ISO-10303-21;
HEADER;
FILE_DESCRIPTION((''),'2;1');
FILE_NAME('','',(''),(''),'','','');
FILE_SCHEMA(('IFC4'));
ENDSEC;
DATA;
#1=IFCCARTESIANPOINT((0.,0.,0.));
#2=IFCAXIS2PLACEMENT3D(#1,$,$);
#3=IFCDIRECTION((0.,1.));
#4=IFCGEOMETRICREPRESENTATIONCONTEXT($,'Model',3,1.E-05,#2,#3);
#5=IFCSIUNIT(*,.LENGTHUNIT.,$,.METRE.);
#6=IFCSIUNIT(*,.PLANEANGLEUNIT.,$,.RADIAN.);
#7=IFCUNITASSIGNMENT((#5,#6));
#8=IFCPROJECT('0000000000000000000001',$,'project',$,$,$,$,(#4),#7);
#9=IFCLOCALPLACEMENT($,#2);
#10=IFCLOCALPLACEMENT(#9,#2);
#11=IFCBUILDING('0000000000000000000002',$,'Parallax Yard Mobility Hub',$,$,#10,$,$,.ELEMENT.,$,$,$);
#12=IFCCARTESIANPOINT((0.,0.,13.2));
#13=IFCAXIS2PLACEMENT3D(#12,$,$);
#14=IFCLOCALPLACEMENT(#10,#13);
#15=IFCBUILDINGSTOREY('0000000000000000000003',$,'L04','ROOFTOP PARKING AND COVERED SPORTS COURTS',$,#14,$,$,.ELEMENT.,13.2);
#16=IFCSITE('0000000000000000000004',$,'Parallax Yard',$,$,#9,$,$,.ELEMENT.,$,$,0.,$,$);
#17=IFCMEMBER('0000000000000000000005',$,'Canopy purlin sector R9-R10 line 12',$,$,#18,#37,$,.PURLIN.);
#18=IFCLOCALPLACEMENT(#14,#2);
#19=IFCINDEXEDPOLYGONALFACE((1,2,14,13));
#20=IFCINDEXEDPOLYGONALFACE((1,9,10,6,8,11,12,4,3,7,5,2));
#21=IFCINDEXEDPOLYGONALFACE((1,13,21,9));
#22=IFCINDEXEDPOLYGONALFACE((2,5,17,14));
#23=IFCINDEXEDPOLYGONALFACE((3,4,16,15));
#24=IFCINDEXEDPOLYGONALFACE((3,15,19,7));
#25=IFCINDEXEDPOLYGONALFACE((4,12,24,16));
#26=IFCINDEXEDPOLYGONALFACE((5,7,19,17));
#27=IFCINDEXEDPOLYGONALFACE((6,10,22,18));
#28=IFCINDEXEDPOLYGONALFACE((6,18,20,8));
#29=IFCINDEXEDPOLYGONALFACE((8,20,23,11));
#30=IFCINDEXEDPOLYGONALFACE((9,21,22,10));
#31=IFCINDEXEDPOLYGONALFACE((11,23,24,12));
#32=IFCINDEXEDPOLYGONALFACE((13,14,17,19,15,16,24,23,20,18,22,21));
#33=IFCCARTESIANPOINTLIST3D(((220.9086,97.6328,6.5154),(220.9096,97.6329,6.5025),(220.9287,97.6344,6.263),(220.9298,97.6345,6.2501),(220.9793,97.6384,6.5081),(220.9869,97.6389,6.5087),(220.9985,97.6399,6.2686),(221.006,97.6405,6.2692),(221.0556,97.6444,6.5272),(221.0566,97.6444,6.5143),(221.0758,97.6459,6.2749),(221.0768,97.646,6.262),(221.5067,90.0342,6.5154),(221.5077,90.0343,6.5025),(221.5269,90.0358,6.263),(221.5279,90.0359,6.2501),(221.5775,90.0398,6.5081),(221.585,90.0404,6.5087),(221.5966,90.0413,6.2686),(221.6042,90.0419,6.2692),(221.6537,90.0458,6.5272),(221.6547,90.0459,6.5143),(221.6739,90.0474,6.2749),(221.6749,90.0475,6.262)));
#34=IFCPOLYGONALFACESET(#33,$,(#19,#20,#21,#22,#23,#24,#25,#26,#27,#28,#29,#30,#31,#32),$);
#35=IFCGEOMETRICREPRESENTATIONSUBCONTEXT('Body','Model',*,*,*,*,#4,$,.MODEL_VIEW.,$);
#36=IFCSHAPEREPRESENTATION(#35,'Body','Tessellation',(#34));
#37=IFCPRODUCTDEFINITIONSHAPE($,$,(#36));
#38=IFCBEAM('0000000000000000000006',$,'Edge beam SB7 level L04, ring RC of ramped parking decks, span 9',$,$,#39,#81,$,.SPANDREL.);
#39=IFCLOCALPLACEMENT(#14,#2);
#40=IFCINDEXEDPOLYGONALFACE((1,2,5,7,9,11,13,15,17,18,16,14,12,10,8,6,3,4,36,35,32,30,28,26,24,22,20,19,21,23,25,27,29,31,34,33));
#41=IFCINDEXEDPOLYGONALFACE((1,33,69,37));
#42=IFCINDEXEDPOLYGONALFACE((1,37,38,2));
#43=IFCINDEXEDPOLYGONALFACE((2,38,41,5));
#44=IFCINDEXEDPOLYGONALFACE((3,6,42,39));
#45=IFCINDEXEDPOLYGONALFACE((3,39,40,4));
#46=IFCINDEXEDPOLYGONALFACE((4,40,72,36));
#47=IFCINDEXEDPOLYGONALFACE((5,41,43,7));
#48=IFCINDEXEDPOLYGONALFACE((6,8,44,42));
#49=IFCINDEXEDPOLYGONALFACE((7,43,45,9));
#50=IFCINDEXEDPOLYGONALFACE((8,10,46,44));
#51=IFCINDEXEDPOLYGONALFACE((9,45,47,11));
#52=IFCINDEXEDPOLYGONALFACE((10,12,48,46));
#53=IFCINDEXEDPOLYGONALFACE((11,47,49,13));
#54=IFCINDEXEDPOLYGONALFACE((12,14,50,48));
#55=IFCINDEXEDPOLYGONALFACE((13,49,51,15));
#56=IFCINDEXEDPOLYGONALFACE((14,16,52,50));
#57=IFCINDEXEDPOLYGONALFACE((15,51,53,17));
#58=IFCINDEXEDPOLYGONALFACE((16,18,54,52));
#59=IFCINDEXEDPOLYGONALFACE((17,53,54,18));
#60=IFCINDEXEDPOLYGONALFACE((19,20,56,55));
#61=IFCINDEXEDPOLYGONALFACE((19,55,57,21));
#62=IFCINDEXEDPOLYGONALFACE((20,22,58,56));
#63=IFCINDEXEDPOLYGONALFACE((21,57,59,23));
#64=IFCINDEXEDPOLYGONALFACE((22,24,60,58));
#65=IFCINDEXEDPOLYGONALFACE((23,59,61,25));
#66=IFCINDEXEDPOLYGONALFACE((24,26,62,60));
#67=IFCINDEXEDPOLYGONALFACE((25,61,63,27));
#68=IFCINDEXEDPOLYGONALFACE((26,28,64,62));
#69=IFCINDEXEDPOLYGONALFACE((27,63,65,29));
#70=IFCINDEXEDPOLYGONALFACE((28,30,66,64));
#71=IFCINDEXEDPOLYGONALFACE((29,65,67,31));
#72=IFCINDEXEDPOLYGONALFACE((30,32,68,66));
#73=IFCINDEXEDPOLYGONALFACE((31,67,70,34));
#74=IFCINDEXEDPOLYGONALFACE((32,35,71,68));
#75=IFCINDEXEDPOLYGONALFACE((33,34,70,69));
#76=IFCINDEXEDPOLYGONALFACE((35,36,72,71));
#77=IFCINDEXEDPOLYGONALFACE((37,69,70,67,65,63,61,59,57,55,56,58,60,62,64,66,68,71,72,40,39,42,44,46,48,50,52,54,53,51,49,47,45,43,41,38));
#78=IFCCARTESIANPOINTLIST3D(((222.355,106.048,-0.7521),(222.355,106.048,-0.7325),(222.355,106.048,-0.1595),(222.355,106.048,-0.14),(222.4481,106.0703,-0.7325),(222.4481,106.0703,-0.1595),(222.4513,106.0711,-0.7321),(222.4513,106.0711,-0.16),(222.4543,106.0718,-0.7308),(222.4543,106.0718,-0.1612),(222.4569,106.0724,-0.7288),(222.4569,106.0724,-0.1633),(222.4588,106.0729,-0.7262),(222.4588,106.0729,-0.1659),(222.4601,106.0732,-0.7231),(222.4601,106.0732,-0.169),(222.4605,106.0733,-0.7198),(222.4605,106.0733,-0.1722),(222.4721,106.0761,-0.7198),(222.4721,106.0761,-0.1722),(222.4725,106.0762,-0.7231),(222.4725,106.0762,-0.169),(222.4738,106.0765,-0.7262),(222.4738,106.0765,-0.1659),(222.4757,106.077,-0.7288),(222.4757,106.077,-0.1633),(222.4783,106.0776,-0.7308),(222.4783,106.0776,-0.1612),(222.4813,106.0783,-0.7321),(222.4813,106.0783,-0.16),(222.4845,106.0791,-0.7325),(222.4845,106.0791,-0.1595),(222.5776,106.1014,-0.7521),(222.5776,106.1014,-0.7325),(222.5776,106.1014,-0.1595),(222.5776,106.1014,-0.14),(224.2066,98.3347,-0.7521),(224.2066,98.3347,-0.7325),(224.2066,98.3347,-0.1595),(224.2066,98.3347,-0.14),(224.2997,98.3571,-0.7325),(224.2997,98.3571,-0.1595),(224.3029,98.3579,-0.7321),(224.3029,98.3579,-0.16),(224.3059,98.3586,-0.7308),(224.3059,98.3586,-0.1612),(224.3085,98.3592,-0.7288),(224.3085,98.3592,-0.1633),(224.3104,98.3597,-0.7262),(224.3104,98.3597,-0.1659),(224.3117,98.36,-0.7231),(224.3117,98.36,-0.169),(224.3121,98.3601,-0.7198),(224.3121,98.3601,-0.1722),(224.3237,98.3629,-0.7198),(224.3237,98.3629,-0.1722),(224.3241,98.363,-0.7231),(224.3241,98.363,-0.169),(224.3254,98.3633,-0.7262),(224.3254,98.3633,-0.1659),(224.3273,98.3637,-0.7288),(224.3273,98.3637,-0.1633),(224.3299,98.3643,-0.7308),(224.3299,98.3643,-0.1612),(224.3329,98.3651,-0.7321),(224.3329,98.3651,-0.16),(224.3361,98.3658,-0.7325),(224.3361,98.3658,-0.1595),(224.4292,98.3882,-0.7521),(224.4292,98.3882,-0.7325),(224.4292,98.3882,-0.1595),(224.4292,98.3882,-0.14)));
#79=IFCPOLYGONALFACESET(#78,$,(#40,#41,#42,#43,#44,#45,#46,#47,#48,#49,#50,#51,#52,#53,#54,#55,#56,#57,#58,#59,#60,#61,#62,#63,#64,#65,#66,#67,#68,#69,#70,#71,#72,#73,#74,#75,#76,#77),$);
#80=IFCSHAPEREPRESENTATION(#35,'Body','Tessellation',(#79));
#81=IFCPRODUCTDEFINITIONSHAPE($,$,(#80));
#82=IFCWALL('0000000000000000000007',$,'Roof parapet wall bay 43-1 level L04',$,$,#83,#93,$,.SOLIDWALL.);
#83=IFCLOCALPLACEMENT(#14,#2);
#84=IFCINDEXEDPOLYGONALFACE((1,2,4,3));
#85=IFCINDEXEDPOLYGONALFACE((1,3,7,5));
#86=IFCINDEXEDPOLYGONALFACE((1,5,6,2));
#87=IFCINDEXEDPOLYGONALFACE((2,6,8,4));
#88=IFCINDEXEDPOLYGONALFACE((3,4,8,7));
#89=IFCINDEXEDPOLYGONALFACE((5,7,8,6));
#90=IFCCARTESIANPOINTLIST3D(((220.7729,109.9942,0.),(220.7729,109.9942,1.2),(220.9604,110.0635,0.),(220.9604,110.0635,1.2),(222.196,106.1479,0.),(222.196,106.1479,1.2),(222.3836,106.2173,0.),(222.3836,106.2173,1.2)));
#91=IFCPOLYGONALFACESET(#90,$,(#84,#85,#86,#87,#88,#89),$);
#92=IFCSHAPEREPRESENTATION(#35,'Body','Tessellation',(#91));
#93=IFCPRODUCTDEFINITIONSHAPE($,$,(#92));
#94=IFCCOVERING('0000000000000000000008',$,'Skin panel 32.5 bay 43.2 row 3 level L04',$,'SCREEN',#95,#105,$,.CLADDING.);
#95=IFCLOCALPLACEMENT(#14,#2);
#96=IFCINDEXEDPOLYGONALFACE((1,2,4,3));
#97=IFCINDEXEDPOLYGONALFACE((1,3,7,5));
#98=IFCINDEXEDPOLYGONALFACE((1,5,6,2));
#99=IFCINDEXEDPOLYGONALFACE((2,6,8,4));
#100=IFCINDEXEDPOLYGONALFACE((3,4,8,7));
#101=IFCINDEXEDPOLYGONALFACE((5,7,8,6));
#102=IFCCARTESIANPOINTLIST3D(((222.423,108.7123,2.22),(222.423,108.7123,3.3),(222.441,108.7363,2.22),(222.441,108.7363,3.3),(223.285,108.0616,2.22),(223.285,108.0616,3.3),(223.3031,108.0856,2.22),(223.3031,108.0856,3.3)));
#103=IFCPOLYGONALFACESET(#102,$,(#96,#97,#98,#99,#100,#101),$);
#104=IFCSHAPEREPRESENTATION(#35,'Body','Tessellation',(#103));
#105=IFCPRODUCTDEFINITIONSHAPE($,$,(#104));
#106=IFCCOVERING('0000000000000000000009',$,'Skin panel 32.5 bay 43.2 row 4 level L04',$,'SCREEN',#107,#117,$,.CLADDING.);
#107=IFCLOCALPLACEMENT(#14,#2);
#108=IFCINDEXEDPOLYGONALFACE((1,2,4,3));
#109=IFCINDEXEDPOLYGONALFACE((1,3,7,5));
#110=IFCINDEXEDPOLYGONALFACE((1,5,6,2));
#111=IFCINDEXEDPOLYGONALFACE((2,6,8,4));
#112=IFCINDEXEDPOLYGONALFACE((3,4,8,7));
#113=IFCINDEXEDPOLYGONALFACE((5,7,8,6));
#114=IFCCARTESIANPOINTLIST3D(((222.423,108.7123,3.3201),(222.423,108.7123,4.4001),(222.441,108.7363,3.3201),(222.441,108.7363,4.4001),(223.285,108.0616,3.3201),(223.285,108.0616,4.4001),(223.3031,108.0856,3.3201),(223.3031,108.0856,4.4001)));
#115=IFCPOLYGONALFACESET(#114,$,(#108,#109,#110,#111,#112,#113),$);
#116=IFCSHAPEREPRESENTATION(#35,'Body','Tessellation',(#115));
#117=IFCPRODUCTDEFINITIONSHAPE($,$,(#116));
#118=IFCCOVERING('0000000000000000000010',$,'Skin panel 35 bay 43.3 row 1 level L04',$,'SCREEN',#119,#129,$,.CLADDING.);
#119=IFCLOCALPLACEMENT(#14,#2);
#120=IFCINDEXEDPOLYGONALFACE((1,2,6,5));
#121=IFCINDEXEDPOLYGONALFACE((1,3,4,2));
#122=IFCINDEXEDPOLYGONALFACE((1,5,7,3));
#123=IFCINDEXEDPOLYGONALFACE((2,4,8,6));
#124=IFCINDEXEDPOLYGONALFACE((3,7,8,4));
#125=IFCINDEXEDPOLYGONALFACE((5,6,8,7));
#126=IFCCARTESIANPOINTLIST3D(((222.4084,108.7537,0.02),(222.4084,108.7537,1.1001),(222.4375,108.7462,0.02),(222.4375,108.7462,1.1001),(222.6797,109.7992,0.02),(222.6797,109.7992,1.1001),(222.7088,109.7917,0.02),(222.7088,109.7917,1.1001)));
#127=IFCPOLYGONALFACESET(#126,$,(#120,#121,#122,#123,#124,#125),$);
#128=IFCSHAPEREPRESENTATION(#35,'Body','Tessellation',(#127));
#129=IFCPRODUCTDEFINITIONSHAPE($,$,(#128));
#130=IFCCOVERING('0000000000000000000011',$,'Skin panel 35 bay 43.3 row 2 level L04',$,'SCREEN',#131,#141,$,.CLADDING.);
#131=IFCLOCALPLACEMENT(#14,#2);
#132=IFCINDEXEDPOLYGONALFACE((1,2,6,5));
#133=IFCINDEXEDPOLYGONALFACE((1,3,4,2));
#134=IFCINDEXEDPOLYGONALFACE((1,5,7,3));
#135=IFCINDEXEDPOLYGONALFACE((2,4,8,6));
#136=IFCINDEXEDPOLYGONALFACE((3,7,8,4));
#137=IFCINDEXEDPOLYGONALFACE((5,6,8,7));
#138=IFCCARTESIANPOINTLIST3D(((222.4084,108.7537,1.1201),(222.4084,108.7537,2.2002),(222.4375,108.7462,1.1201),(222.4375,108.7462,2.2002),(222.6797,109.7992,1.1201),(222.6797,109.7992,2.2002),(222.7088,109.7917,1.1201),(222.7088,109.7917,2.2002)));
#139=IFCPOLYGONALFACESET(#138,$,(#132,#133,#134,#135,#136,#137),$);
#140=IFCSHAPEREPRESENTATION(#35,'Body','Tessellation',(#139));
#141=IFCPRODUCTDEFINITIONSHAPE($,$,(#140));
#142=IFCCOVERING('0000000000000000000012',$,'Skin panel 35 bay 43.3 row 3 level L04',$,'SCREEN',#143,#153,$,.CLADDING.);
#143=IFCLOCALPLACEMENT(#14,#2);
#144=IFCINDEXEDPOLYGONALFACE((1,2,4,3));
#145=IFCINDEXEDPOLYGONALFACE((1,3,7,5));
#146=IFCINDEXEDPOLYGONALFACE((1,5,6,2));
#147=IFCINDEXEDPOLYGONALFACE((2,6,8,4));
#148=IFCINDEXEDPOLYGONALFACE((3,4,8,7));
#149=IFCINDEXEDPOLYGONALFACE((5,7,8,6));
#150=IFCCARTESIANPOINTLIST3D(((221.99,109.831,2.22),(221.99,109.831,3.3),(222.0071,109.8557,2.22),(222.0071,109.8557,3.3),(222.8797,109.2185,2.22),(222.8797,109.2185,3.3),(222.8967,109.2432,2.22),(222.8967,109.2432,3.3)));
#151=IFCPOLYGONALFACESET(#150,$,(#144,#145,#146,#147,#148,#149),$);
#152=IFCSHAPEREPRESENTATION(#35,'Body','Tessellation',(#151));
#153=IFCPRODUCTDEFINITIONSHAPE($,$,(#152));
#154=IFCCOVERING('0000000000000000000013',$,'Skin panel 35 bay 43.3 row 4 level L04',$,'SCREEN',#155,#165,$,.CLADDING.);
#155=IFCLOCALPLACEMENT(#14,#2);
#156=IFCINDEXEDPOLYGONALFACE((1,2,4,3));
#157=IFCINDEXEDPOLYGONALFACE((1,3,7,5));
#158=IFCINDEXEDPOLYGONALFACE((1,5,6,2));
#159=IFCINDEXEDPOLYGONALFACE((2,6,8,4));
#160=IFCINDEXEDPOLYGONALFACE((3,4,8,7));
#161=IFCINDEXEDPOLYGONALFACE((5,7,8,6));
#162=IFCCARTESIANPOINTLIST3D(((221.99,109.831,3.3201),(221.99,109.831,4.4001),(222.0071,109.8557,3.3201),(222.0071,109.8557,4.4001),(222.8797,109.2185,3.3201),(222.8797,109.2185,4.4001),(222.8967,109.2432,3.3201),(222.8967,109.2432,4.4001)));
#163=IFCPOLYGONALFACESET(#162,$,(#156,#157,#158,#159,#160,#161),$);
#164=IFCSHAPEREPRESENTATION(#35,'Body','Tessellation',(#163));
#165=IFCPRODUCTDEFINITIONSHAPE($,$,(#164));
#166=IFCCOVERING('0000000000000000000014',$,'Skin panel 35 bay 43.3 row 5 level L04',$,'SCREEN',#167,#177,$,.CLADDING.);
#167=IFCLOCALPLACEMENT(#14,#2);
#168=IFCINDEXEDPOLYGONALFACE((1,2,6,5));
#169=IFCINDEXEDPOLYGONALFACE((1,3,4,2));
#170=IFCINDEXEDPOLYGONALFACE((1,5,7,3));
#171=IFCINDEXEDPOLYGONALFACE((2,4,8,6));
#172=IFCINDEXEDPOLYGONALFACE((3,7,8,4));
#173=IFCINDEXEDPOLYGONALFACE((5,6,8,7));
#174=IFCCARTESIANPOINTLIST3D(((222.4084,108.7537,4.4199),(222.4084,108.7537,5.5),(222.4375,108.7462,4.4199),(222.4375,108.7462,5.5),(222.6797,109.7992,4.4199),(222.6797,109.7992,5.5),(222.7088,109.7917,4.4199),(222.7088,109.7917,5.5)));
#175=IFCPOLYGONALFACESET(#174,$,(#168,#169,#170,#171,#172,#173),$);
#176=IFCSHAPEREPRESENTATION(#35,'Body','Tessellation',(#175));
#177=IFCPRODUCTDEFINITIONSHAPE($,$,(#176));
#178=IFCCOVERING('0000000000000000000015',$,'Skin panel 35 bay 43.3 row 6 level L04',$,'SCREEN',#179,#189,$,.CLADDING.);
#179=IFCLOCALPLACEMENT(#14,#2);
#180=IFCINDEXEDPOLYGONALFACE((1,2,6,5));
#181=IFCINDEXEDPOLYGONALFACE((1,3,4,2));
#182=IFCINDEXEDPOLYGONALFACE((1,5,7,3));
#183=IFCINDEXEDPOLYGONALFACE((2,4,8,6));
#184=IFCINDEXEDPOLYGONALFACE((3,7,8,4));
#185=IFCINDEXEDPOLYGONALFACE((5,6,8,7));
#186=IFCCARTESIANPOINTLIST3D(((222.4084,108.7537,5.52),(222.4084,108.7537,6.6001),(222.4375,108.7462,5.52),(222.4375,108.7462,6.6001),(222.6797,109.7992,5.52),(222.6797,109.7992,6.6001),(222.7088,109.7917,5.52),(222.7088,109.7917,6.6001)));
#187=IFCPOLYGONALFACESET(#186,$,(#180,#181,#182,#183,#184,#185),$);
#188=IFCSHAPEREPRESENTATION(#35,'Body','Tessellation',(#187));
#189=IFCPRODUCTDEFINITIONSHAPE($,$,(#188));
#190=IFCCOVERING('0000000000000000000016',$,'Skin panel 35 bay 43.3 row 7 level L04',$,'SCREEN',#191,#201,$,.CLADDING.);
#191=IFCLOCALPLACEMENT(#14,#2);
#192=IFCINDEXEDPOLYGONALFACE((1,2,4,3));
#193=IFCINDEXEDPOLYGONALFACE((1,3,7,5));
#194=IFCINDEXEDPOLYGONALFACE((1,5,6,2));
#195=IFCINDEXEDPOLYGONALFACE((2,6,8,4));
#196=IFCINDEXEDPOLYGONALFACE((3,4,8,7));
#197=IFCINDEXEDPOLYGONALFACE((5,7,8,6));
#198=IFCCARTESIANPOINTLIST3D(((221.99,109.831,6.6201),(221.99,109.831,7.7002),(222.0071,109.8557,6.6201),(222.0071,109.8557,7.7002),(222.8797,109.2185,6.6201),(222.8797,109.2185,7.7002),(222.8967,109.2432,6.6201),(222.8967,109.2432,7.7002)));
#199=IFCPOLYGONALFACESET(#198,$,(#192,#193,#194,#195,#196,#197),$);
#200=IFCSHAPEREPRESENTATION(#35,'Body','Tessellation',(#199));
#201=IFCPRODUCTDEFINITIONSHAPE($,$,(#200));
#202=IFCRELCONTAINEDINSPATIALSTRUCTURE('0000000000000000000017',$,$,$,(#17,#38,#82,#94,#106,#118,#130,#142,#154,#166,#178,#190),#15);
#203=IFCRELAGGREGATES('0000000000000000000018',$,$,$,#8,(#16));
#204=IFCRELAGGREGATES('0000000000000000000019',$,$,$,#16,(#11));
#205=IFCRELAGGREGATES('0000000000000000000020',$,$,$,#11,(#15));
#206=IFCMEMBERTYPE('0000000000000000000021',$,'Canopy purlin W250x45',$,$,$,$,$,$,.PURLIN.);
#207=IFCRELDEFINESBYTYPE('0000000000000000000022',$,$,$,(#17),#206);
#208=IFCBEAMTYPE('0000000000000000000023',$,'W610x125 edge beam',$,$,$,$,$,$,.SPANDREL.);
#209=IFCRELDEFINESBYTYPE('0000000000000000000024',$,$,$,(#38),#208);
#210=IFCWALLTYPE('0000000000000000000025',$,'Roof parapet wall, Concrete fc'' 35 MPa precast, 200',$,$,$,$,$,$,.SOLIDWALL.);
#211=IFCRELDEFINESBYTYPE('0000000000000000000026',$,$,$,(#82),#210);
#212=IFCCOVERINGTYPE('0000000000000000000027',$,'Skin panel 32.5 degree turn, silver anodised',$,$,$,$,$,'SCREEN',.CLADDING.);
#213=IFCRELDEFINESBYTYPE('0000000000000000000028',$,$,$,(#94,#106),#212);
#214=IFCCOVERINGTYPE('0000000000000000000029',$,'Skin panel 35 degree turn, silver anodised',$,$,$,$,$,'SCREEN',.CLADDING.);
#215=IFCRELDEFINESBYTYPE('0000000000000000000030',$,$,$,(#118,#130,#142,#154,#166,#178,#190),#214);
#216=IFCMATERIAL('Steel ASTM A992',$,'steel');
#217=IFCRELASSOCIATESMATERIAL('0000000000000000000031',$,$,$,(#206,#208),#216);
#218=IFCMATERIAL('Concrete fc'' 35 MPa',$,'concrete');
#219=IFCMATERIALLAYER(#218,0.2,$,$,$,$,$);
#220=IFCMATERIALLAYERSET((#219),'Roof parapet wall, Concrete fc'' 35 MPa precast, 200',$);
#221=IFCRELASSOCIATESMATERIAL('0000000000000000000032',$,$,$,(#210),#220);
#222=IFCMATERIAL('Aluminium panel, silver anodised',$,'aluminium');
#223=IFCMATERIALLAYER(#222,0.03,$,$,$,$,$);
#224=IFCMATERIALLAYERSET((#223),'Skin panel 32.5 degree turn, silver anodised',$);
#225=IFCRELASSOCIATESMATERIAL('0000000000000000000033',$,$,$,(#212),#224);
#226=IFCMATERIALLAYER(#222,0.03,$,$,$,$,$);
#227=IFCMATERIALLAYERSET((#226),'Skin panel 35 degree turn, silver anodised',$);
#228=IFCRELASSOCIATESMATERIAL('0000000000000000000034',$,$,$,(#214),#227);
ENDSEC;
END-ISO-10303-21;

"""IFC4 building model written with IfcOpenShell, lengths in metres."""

from ifc_helpers import new_model, si_unit, direction, frame, frame_2d, origin, origin_2d, place, context, subcontext, project, spatial, rectangle, i_section, extrude, material, layer, layer_set, material_profile, profile_set, type_object, element, save


model = new_model("IFC4")

# Units and contexts
model_context = context("Model", 3, precision=1e-05, world=origin(), true_north=direction((0.0, 1.0)))
body_context = subcontext(model_context, "Body", "Model", "MODEL_VIEW")
ifc_project = project(units=[si_unit("LENGTHUNIT", "METRE"), si_unit("PLANEANGLEUNIT", "RADIAN")], contexts=[model_context])

# Site, building, storey
site_placement = place(None, origin())
site = spatial("IfcSite", under=ifc_project, at=site_placement, Name="Parallax Yard", CompositionType="ELEMENT", RefElevation=0.0)
building_placement = place(site_placement, origin())
building = spatial("IfcBuilding", under=site, at=building_placement, Name="Parallax Yard Mobility Hub", CompositionType="ELEMENT")
storey_placement = place(building_placement, frame((0.0, 0.0, 13.2)))
storey = spatial("IfcBuildingStorey", under=building, at=storey_placement, Name="L04", Description="ROOFTOP PARKING AND COVERED SPORTS COURTS", CompositionType="ELEMENT", Elevation=13.2)

# Member
ifc_material_1 = material(Name="Steel ASTM A992", Category="steel")
ifc_material_profile_1 = material_profile(ifc_material_1, i_section(OverallWidth=0.1479, OverallDepth=0.2661, WebThickness=0.0076, FlangeThickness=0.0129, at=origin_2d()), Name="W250x45")
ifc_profile_set_1 = profile_set([ifc_material_profile_1], Name="Steel ASTM A992")
member_type_1 = type_object("IfcMemberType", Name="Canopy purlin W250x45", PredefinedType="PURLIN", material=ifc_profile_set_1)
member_1_placement = place(storey_placement, frame((220.9927, 97.6394, 6.3887), z_axis=(0.078475, -0.996916, 0.0), x_axis=(0.993722, 0.078223, 0.07999)))
element("IfcMember", 1, at=member_1_placement, inside=storey, type_object=member_type_1, Name="Canopy purlin sector R9-R10 line 12", PredefinedType="PURLIN", context=body_context, shape_type="SweptSolid", body=[
    extrude(i_section(OverallWidth=0.1479, OverallDepth=0.2661, WebThickness=0.0076, FlangeThickness=0.0129, at=origin_2d()), origin(), (0.0, 0.0, 1.0), 7.6221),
])

# Beam
ifc_material_profile_2 = material_profile(ifc_material_1, i_section(OverallWidth=0.229, OverallDepth=0.6121, WebThickness=0.012, FlangeThickness=0.0195, FilletRadius=0.0127, at=origin_2d()), Name="W610x125")
ifc_profile_set_2 = profile_set([ifc_material_profile_2], Name="Steel ASTM A992")
beam_type = type_object("IfcBeamType", Name="W610x125 edge beam", PredefinedType="SPANDREL", material=ifc_profile_set_2)
beam_placement = place(storey_placement, frame((222.4663, 106.0747, -0.446), z_axis=(0.233422, -0.972376, 0.0), x_axis=(0.972376, 0.233422, 0.0)))
element("IfcBeam", 2, at=beam_placement, inside=storey, type_object=beam_type, Name="Edge beam SB7 level L04, ring RC of ramped parking decks, span 9", PredefinedType="SPANDREL", context=body_context, shape_type="SweptSolid", body=[
    extrude(i_section(OverallWidth=0.229, OverallDepth=0.6121, WebThickness=0.012, FlangeThickness=0.0195, FilletRadius=0.0127, at=origin_2d()), origin(), (0.0, 0.0, 1.0), 7.9324),
])

# Wall
ifc_material_2 = material(Name="Concrete fc' 35 MPa", Category="concrete")
ifc_layer_1 = layer(ifc_material_2, 0.2)
ifc_layer_set_1 = layer_set([ifc_layer_1], Name="Roof parapet wall, Concrete fc' 35 MPa precast, 200")
wall_type = type_object("IfcWallType", Name="Roof parapet wall, Concrete fc' 35 MPa precast, 200", PredefinedType="SOLIDWALL", material=ifc_layer_set_1)
wall_placement = place(storey_placement, frame((222.2898, 106.1826, 0.0), z_axis=(0.0, 0.0, 1.0), x_axis=(-0.34701, 0.937861, 0.0)))
element("IfcWall", 3, at=wall_placement, inside=storey, type_object=wall_type, Name="Roof parapet wall bay 43-1 level L04", PredefinedType="SOLIDWALL", context=body_context, shape_type="SweptSolid", body=[
    extrude(rectangle(XDim=4.1011, YDim=0.2, at=frame_2d((2.0505, 0.0))), origin(), (0.0, 0.0, 1.0), 1.2),
])

# Coverings
ifc_material_3 = material(Name="Aluminium panel, silver anodised", Category="aluminium")
ifc_layer_2 = layer(ifc_material_3, 0.03)
ifc_layer_set_2 = layer_set([ifc_layer_2], Name="Skin panel 32.5 degree turn, silver anodised")
covering_type_1 = type_object("IfcCoveringType", Name="Skin panel 32.5 degree turn, silver anodised", ElementType="SCREEN", PredefinedType="CLADDING", material=ifc_layer_set_2)
for number, where, z_axis, x_axis, name in (
    (4, (222.863, 108.3989, 2.22), (0.0, 0.0, 1.0), (0.798157, -0.602449, 0.0), "Skin panel 32.5 bay 43.2 row 3 level L04"),
    (5, (222.863, 108.3989, 3.3201), (0.0, 0.0, 1.0), (0.798157, -0.602449, 0.0), "Skin panel 32.5 bay 43.2 row 4 level L04"),
):
    element("IfcCovering", number, at=place(storey_placement, frame(where, z_axis=z_axis, x_axis=x_axis)), inside=storey, type_object=covering_type_1, Name=name, ObjectType="SCREEN", PredefinedType="CLADDING", context=body_context, shape_type="SweptSolid", body=[
        extrude(rectangle(XDim=1.0801, YDim=0.03, at=origin_2d()), origin(), (0.0, 0.0, 1.0), 1.0801),
    ])
ifc_layer_3 = layer(ifc_material_3, 0.03)
ifc_layer_set_3 = layer_set([ifc_layer_3], Name="Skin panel 35 degree turn, silver anodised")
covering_type_2 = type_object("IfcCoveringType", Name="Skin panel 35 degree turn, silver anodised", ElementType="SCREEN", PredefinedType="CLADDING", material=ifc_layer_set_3)
for number, where, z_axis, x_axis, name in (
    (6, (222.5586, 109.2727, 0.02), (0.0, 0.0, 1.0), (0.251149, 0.967949, 0.0), "Skin panel 35 bay 43.3 row 1 level L04"),
    (7, (222.5586, 109.2727, 1.1201), (0.0, 0.0, 1.0), (0.251149, 0.967949, 0.0), "Skin panel 35 bay 43.3 row 2 level L04"),
    (8, (222.4434, 109.5371, 2.22), (0.0, 0.0, 1.0), (0.823676, -0.567061, 0.0), "Skin panel 35 bay 43.3 row 3 level L04"),
    (9, (222.4434, 109.5371, 3.3201), (0.0, 0.0, 1.0), (0.823676, -0.567061, 0.0), "Skin panel 35 bay 43.3 row 4 level L04"),
    (10, (222.5586, 109.2727, 4.4199), (0.0, 0.0, 1.0), (0.251149, 0.967949, 0.0), "Skin panel 35 bay 43.3 row 5 level L04"),
    (11, (222.5586, 109.2727, 5.52), (0.0, 0.0, 1.0), (0.251149, 0.967949, 0.0), "Skin panel 35 bay 43.3 row 6 level L04"),
    (12, (222.4434, 109.5371, 6.6201), (0.0, 0.0, 1.0), (0.823676, -0.567061, 0.0), "Skin panel 35 bay 43.3 row 7 level L04"),
):
    element("IfcCovering", number, at=place(storey_placement, frame(where, z_axis=z_axis, x_axis=x_axis)), inside=storey, type_object=covering_type_2, Name=name, ObjectType="SCREEN", PredefinedType="CLADDING", context=body_context, shape_type="SweptSolid", body=[
        extrude(rectangle(XDim=1.0801, YDim=0.03, at=origin_2d()), origin(), (0.0, 0.0, 1.0), 1.0801),
    ])

save(model, "model.ifc")
